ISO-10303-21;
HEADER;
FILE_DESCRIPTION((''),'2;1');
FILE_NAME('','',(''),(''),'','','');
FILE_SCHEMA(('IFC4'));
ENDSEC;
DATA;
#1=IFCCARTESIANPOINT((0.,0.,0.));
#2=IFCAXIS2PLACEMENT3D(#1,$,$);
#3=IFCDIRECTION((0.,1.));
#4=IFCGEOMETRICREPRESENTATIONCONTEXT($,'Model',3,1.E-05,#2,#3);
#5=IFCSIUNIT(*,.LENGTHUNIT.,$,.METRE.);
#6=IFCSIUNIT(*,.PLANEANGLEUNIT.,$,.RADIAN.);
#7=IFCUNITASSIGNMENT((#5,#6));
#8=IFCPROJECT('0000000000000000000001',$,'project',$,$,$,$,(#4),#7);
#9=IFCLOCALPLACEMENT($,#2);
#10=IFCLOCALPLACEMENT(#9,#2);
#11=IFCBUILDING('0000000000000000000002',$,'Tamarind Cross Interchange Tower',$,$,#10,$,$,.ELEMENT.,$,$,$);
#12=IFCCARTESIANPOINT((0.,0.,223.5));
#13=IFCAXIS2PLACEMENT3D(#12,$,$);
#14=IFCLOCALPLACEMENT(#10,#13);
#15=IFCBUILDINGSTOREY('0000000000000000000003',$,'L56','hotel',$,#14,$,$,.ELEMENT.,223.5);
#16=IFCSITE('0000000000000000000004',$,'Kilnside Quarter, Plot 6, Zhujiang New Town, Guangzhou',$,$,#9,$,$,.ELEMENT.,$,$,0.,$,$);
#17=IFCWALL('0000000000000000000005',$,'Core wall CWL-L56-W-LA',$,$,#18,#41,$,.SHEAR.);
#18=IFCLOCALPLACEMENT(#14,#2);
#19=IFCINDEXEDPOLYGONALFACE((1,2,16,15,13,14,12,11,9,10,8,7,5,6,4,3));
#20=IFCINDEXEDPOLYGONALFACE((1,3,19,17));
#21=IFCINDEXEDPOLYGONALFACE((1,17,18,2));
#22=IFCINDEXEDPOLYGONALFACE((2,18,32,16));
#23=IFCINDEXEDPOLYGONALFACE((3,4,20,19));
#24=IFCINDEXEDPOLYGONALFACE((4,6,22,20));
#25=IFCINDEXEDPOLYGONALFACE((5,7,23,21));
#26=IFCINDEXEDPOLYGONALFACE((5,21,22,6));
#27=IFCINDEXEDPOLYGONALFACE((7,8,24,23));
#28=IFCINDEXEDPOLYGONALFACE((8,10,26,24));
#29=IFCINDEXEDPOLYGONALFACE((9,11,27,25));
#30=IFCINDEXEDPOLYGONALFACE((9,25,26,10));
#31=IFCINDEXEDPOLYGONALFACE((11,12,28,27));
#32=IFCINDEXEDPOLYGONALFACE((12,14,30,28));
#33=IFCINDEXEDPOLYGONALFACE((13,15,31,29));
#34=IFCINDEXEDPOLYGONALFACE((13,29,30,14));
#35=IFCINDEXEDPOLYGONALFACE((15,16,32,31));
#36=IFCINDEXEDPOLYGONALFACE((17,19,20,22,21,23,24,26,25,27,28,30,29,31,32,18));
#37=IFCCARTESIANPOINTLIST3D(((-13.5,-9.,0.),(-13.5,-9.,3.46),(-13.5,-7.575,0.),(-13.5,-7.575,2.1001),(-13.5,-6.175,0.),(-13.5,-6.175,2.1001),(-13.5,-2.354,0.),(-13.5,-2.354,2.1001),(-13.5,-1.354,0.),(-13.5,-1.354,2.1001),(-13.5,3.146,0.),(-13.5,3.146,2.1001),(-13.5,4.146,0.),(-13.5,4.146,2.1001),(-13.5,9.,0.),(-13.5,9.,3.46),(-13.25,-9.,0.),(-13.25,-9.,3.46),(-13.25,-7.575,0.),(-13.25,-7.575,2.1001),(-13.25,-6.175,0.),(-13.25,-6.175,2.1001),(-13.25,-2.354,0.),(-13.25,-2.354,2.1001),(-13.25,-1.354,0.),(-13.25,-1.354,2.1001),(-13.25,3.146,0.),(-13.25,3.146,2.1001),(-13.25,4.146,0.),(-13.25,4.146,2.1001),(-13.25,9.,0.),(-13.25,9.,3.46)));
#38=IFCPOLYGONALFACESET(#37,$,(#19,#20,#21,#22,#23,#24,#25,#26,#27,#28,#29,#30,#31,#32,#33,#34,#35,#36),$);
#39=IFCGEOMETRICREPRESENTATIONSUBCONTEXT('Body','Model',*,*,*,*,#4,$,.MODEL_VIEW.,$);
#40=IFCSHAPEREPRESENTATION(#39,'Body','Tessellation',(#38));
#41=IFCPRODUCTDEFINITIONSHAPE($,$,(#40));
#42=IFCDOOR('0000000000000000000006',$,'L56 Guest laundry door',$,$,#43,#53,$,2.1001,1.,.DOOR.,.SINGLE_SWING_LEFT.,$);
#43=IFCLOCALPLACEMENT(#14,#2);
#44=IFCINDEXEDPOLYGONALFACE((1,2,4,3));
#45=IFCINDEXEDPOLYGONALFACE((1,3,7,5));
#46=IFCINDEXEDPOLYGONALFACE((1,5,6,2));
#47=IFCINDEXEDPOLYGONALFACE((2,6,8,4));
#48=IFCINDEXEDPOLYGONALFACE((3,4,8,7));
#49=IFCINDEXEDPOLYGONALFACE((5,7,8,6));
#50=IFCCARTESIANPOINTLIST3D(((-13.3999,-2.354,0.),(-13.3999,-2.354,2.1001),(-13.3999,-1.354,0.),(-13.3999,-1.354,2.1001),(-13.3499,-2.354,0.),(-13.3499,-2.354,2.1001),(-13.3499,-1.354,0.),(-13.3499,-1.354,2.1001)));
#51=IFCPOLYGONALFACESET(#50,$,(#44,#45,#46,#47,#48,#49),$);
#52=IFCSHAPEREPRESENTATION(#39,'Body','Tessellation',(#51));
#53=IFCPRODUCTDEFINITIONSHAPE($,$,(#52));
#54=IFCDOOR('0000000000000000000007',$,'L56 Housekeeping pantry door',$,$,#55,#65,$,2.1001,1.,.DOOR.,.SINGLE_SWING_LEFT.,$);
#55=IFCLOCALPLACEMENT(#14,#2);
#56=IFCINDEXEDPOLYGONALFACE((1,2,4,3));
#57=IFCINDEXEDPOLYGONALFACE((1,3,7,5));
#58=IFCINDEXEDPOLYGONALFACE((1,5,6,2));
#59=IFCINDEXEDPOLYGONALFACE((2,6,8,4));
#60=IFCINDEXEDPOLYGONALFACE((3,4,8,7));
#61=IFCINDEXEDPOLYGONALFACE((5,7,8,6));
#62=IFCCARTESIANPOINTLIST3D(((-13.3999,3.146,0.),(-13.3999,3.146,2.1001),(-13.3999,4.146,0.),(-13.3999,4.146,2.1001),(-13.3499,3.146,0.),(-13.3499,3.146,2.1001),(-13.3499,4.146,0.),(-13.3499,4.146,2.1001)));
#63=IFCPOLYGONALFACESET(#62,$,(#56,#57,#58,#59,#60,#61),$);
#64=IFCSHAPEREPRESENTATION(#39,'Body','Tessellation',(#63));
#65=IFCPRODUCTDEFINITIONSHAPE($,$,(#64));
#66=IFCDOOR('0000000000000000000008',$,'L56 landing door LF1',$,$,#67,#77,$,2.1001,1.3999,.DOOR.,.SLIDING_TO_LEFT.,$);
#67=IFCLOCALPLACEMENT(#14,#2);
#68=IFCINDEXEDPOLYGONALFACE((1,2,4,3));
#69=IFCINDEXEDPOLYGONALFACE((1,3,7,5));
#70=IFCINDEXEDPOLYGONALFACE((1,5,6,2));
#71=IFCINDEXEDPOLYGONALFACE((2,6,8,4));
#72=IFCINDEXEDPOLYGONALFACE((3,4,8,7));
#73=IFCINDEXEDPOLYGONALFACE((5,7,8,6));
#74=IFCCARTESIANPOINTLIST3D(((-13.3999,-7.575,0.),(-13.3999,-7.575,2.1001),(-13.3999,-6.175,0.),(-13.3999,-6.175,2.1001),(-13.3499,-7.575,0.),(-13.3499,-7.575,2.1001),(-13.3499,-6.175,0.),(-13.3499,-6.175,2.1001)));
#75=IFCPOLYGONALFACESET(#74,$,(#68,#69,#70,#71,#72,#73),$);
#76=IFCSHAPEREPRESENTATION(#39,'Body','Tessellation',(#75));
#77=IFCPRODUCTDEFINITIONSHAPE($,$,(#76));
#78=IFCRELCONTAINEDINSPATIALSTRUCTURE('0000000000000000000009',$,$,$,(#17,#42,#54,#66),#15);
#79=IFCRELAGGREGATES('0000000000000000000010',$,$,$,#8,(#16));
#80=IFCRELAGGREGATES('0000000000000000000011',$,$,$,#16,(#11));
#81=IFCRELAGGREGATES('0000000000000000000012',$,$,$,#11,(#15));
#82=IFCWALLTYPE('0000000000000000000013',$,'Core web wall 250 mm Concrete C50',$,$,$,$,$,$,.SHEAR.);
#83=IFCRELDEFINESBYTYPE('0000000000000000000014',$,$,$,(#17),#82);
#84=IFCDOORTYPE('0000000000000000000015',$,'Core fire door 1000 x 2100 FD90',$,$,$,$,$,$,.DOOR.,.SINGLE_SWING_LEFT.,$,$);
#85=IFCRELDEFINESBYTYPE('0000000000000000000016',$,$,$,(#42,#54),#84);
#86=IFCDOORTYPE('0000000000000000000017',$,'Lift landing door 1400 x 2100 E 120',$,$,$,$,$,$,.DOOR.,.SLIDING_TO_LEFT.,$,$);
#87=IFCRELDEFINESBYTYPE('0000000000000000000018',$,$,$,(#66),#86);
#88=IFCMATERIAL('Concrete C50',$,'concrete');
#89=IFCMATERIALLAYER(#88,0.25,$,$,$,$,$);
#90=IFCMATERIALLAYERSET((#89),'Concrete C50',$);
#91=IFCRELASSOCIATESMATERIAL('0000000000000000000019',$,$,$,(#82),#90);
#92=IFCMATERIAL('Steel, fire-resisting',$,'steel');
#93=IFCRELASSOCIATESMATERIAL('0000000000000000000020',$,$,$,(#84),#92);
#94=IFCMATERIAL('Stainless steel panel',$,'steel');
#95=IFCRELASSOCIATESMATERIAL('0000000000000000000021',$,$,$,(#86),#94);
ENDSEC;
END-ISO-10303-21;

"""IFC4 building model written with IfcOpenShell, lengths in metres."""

from ifc_helpers import new_model, si_unit, direction, frame, frame_2d, origin, place, context, subcontext, project, spatial, rectangle, extrude, material, layer, layer_set, type_object, element, fill, save


model = new_model("IFC4")

# Units and contexts
model_context = context("Model", 3, precision=1e-05, world=origin(), true_north=direction((0.0, 1.0)))
body_context = subcontext(model_context, "Body", "Model", "MODEL_VIEW")
ifc_project = project(units=[si_unit("LENGTHUNIT", "METRE"), si_unit("PLANEANGLEUNIT", "RADIAN")], contexts=[model_context])

# Site, building, storey
site_placement = place(None, origin())
site = spatial("IfcSite", under=ifc_project, at=site_placement, Name="Kilnside Quarter, Plot 6, Zhujiang New Town, Guangzhou", CompositionType="ELEMENT", RefElevation=0.0)
building_placement = place(site_placement, origin())
building = spatial("IfcBuilding", under=site, at=building_placement, Name="Tamarind Cross Interchange Tower", CompositionType="ELEMENT")
storey_placement = place(building_placement, frame((0.0, 0.0, 223.5)))
storey = spatial("IfcBuildingStorey", under=building, at=storey_placement, Name="L56", Description="hotel", CompositionType="ELEMENT", Elevation=223.5)

# Shared definitions
ifc_material_1 = material(Name="Concrete C50", Category="concrete")

# Shared definitions
ifc_material_2 = material(Name="Steel, fire-resisting", Category="steel")

# Shared definitions
ifc_layer_1 = layer(ifc_material_1, 0.25)
ifc_layer_set_1 = layer_set([ifc_layer_1], Name="Concrete C50")
wall_type_1 = type_object("IfcWallType", Name="Core web wall 250 mm Concrete C50", PredefinedType="SHEAR", material=ifc_layer_set_1)

# Wall, openings, doors
wall_1_placement = place(storey_placement, frame((-13.375, -9.0, 0.0), z_axis=(0.0, 0.0, 1.0), x_axis=(0.0, 1.0, 0.0)))
wall_1 = element("IfcWall", 1, at=wall_1_placement, inside=storey, type_object=wall_type_1, Name="Core wall CWL-L56-W-LA", PredefinedType="SHEAR", context=body_context, shape_type="SweptSolid", body=[
    extrude(rectangle(XDim=18.0, YDim=0.25, at=frame_2d((9.0, 0.0))), origin(), (0.0, 0.0, 1.0), 3.46),
])
opening_1_placement = place(wall_1_placement, frame((1.425, 0.0, 0.0)))
opening_1 = element("IfcOpeningElement", 2, at=opening_1_placement, cuts=wall_1, PredefinedType="OPENING", context=body_context, shape_type="SweptSolid", body=[
    extrude(rectangle(XDim=1.3999, YDim=2.1001, at=frame_2d((0.7, 1.05))), frame((0.0, 0.135, 0.0), z_axis=(0.0, -1.0, 0.0), x_axis=(1.0, 0.0, 0.0)), (0.0, 0.0, 1.0), 0.27),
])
opening_2_placement = place(wall_1_placement, frame((6.646, 0.0, 0.0)))
opening_2 = element("IfcOpeningElement", 3, at=opening_2_placement, cuts=wall_1, PredefinedType="OPENING", context=body_context, shape_type="SweptSolid", body=[
    extrude(rectangle(XDim=1.0, YDim=2.1001, at=frame_2d((0.5, 1.05))), frame((0.0, 0.135, 0.0), z_axis=(0.0, -1.0, 0.0), x_axis=(1.0, 0.0, 0.0)), (0.0, 0.0, 1.0), 0.27),
])
opening_3_placement = place(wall_1_placement, frame((12.146, 0.0, 0.0)))
opening_3 = element("IfcOpeningElement", 4, at=opening_3_placement, cuts=wall_1, PredefinedType="OPENING", context=body_context, shape_type="SweptSolid", body=[
    extrude(rectangle(XDim=1.0, YDim=2.1001, at=frame_2d((0.5, 1.05))), frame((0.0, 0.135, 0.0), z_axis=(0.0, -1.0, 0.0), x_axis=(1.0, 0.0, 0.0)), (0.0, 0.0, 1.0), 0.27),
])
door_type_1 = type_object("IfcDoorType", Name="Core fire door 1000 x 2100 FD90", OperationType="SINGLE_SWING_LEFT", PredefinedType="DOOR", material=ifc_material_2)
door_1_placement = place(opening_2_placement, origin())
door_1 = element("IfcDoor", 5, at=door_1_placement, inside=storey, type_object=door_type_1, Name="L56 Guest laundry door", OperationType="SINGLE_SWING_LEFT", OverallHeight=2.1001, OverallWidth=1.0, PredefinedType="DOOR", context=body_context, shape_type="SweptSolid", body=[
    extrude(rectangle(XDim=1.0, YDim=2.1001, at=frame_2d((0.5, 1.05))), frame((0.0, 0.0249, 0.0), z_axis=(0.0, -1.0, 0.0), x_axis=(1.0, 0.0, 0.0)), (0.0, 0.0, 1.0), 0.05),
])
fill(opening_2, door_1)
door_2_placement = place(opening_3_placement, origin())
door_2 = element("IfcDoor", 6, at=door_2_placement, inside=storey, type_object=door_type_1, Name="L56 Housekeeping pantry door", OperationType="SINGLE_SWING_LEFT", OverallHeight=2.1001, OverallWidth=1.0, PredefinedType="DOOR", context=body_context, shape_type="SweptSolid", body=[
    extrude(rectangle(XDim=1.0, YDim=2.1001, at=frame_2d((0.5, 1.05))), frame((0.0, 0.0249, 0.0), z_axis=(0.0, -1.0, 0.0), x_axis=(1.0, 0.0, 0.0)), (0.0, 0.0, 1.0), 0.05),
])
fill(opening_3, door_2)
ifc_material_3 = material(Name="Stainless steel panel", Category="steel")
door_type_2 = type_object("IfcDoorType", Name="Lift landing door 1400 x 2100 E 120", OperationType="SLIDING_TO_LEFT", PredefinedType="DOOR", material=ifc_material_3)
door_3_placement = place(opening_1_placement, origin())
door_3 = element("IfcDoor", 7, at=door_3_placement, inside=storey, type_object=door_type_2, Name="L56 landing door LF1", OperationType="SLIDING_TO_LEFT", OverallHeight=2.1001, OverallWidth=1.3999, PredefinedType="DOOR", context=body_context, shape_type="SweptSolid", body=[
    extrude(rectangle(XDim=1.3999, YDim=2.1001, at=frame_2d((0.7, 1.05))), frame((0.0, 0.0249, 0.0), z_axis=(0.0, -1.0, 0.0), x_axis=(1.0, 0.0, 0.0)), (0.0, 0.0, 1.0), 0.05),
])
fill(opening_1, door_3)

save(model, "model.ifc")
